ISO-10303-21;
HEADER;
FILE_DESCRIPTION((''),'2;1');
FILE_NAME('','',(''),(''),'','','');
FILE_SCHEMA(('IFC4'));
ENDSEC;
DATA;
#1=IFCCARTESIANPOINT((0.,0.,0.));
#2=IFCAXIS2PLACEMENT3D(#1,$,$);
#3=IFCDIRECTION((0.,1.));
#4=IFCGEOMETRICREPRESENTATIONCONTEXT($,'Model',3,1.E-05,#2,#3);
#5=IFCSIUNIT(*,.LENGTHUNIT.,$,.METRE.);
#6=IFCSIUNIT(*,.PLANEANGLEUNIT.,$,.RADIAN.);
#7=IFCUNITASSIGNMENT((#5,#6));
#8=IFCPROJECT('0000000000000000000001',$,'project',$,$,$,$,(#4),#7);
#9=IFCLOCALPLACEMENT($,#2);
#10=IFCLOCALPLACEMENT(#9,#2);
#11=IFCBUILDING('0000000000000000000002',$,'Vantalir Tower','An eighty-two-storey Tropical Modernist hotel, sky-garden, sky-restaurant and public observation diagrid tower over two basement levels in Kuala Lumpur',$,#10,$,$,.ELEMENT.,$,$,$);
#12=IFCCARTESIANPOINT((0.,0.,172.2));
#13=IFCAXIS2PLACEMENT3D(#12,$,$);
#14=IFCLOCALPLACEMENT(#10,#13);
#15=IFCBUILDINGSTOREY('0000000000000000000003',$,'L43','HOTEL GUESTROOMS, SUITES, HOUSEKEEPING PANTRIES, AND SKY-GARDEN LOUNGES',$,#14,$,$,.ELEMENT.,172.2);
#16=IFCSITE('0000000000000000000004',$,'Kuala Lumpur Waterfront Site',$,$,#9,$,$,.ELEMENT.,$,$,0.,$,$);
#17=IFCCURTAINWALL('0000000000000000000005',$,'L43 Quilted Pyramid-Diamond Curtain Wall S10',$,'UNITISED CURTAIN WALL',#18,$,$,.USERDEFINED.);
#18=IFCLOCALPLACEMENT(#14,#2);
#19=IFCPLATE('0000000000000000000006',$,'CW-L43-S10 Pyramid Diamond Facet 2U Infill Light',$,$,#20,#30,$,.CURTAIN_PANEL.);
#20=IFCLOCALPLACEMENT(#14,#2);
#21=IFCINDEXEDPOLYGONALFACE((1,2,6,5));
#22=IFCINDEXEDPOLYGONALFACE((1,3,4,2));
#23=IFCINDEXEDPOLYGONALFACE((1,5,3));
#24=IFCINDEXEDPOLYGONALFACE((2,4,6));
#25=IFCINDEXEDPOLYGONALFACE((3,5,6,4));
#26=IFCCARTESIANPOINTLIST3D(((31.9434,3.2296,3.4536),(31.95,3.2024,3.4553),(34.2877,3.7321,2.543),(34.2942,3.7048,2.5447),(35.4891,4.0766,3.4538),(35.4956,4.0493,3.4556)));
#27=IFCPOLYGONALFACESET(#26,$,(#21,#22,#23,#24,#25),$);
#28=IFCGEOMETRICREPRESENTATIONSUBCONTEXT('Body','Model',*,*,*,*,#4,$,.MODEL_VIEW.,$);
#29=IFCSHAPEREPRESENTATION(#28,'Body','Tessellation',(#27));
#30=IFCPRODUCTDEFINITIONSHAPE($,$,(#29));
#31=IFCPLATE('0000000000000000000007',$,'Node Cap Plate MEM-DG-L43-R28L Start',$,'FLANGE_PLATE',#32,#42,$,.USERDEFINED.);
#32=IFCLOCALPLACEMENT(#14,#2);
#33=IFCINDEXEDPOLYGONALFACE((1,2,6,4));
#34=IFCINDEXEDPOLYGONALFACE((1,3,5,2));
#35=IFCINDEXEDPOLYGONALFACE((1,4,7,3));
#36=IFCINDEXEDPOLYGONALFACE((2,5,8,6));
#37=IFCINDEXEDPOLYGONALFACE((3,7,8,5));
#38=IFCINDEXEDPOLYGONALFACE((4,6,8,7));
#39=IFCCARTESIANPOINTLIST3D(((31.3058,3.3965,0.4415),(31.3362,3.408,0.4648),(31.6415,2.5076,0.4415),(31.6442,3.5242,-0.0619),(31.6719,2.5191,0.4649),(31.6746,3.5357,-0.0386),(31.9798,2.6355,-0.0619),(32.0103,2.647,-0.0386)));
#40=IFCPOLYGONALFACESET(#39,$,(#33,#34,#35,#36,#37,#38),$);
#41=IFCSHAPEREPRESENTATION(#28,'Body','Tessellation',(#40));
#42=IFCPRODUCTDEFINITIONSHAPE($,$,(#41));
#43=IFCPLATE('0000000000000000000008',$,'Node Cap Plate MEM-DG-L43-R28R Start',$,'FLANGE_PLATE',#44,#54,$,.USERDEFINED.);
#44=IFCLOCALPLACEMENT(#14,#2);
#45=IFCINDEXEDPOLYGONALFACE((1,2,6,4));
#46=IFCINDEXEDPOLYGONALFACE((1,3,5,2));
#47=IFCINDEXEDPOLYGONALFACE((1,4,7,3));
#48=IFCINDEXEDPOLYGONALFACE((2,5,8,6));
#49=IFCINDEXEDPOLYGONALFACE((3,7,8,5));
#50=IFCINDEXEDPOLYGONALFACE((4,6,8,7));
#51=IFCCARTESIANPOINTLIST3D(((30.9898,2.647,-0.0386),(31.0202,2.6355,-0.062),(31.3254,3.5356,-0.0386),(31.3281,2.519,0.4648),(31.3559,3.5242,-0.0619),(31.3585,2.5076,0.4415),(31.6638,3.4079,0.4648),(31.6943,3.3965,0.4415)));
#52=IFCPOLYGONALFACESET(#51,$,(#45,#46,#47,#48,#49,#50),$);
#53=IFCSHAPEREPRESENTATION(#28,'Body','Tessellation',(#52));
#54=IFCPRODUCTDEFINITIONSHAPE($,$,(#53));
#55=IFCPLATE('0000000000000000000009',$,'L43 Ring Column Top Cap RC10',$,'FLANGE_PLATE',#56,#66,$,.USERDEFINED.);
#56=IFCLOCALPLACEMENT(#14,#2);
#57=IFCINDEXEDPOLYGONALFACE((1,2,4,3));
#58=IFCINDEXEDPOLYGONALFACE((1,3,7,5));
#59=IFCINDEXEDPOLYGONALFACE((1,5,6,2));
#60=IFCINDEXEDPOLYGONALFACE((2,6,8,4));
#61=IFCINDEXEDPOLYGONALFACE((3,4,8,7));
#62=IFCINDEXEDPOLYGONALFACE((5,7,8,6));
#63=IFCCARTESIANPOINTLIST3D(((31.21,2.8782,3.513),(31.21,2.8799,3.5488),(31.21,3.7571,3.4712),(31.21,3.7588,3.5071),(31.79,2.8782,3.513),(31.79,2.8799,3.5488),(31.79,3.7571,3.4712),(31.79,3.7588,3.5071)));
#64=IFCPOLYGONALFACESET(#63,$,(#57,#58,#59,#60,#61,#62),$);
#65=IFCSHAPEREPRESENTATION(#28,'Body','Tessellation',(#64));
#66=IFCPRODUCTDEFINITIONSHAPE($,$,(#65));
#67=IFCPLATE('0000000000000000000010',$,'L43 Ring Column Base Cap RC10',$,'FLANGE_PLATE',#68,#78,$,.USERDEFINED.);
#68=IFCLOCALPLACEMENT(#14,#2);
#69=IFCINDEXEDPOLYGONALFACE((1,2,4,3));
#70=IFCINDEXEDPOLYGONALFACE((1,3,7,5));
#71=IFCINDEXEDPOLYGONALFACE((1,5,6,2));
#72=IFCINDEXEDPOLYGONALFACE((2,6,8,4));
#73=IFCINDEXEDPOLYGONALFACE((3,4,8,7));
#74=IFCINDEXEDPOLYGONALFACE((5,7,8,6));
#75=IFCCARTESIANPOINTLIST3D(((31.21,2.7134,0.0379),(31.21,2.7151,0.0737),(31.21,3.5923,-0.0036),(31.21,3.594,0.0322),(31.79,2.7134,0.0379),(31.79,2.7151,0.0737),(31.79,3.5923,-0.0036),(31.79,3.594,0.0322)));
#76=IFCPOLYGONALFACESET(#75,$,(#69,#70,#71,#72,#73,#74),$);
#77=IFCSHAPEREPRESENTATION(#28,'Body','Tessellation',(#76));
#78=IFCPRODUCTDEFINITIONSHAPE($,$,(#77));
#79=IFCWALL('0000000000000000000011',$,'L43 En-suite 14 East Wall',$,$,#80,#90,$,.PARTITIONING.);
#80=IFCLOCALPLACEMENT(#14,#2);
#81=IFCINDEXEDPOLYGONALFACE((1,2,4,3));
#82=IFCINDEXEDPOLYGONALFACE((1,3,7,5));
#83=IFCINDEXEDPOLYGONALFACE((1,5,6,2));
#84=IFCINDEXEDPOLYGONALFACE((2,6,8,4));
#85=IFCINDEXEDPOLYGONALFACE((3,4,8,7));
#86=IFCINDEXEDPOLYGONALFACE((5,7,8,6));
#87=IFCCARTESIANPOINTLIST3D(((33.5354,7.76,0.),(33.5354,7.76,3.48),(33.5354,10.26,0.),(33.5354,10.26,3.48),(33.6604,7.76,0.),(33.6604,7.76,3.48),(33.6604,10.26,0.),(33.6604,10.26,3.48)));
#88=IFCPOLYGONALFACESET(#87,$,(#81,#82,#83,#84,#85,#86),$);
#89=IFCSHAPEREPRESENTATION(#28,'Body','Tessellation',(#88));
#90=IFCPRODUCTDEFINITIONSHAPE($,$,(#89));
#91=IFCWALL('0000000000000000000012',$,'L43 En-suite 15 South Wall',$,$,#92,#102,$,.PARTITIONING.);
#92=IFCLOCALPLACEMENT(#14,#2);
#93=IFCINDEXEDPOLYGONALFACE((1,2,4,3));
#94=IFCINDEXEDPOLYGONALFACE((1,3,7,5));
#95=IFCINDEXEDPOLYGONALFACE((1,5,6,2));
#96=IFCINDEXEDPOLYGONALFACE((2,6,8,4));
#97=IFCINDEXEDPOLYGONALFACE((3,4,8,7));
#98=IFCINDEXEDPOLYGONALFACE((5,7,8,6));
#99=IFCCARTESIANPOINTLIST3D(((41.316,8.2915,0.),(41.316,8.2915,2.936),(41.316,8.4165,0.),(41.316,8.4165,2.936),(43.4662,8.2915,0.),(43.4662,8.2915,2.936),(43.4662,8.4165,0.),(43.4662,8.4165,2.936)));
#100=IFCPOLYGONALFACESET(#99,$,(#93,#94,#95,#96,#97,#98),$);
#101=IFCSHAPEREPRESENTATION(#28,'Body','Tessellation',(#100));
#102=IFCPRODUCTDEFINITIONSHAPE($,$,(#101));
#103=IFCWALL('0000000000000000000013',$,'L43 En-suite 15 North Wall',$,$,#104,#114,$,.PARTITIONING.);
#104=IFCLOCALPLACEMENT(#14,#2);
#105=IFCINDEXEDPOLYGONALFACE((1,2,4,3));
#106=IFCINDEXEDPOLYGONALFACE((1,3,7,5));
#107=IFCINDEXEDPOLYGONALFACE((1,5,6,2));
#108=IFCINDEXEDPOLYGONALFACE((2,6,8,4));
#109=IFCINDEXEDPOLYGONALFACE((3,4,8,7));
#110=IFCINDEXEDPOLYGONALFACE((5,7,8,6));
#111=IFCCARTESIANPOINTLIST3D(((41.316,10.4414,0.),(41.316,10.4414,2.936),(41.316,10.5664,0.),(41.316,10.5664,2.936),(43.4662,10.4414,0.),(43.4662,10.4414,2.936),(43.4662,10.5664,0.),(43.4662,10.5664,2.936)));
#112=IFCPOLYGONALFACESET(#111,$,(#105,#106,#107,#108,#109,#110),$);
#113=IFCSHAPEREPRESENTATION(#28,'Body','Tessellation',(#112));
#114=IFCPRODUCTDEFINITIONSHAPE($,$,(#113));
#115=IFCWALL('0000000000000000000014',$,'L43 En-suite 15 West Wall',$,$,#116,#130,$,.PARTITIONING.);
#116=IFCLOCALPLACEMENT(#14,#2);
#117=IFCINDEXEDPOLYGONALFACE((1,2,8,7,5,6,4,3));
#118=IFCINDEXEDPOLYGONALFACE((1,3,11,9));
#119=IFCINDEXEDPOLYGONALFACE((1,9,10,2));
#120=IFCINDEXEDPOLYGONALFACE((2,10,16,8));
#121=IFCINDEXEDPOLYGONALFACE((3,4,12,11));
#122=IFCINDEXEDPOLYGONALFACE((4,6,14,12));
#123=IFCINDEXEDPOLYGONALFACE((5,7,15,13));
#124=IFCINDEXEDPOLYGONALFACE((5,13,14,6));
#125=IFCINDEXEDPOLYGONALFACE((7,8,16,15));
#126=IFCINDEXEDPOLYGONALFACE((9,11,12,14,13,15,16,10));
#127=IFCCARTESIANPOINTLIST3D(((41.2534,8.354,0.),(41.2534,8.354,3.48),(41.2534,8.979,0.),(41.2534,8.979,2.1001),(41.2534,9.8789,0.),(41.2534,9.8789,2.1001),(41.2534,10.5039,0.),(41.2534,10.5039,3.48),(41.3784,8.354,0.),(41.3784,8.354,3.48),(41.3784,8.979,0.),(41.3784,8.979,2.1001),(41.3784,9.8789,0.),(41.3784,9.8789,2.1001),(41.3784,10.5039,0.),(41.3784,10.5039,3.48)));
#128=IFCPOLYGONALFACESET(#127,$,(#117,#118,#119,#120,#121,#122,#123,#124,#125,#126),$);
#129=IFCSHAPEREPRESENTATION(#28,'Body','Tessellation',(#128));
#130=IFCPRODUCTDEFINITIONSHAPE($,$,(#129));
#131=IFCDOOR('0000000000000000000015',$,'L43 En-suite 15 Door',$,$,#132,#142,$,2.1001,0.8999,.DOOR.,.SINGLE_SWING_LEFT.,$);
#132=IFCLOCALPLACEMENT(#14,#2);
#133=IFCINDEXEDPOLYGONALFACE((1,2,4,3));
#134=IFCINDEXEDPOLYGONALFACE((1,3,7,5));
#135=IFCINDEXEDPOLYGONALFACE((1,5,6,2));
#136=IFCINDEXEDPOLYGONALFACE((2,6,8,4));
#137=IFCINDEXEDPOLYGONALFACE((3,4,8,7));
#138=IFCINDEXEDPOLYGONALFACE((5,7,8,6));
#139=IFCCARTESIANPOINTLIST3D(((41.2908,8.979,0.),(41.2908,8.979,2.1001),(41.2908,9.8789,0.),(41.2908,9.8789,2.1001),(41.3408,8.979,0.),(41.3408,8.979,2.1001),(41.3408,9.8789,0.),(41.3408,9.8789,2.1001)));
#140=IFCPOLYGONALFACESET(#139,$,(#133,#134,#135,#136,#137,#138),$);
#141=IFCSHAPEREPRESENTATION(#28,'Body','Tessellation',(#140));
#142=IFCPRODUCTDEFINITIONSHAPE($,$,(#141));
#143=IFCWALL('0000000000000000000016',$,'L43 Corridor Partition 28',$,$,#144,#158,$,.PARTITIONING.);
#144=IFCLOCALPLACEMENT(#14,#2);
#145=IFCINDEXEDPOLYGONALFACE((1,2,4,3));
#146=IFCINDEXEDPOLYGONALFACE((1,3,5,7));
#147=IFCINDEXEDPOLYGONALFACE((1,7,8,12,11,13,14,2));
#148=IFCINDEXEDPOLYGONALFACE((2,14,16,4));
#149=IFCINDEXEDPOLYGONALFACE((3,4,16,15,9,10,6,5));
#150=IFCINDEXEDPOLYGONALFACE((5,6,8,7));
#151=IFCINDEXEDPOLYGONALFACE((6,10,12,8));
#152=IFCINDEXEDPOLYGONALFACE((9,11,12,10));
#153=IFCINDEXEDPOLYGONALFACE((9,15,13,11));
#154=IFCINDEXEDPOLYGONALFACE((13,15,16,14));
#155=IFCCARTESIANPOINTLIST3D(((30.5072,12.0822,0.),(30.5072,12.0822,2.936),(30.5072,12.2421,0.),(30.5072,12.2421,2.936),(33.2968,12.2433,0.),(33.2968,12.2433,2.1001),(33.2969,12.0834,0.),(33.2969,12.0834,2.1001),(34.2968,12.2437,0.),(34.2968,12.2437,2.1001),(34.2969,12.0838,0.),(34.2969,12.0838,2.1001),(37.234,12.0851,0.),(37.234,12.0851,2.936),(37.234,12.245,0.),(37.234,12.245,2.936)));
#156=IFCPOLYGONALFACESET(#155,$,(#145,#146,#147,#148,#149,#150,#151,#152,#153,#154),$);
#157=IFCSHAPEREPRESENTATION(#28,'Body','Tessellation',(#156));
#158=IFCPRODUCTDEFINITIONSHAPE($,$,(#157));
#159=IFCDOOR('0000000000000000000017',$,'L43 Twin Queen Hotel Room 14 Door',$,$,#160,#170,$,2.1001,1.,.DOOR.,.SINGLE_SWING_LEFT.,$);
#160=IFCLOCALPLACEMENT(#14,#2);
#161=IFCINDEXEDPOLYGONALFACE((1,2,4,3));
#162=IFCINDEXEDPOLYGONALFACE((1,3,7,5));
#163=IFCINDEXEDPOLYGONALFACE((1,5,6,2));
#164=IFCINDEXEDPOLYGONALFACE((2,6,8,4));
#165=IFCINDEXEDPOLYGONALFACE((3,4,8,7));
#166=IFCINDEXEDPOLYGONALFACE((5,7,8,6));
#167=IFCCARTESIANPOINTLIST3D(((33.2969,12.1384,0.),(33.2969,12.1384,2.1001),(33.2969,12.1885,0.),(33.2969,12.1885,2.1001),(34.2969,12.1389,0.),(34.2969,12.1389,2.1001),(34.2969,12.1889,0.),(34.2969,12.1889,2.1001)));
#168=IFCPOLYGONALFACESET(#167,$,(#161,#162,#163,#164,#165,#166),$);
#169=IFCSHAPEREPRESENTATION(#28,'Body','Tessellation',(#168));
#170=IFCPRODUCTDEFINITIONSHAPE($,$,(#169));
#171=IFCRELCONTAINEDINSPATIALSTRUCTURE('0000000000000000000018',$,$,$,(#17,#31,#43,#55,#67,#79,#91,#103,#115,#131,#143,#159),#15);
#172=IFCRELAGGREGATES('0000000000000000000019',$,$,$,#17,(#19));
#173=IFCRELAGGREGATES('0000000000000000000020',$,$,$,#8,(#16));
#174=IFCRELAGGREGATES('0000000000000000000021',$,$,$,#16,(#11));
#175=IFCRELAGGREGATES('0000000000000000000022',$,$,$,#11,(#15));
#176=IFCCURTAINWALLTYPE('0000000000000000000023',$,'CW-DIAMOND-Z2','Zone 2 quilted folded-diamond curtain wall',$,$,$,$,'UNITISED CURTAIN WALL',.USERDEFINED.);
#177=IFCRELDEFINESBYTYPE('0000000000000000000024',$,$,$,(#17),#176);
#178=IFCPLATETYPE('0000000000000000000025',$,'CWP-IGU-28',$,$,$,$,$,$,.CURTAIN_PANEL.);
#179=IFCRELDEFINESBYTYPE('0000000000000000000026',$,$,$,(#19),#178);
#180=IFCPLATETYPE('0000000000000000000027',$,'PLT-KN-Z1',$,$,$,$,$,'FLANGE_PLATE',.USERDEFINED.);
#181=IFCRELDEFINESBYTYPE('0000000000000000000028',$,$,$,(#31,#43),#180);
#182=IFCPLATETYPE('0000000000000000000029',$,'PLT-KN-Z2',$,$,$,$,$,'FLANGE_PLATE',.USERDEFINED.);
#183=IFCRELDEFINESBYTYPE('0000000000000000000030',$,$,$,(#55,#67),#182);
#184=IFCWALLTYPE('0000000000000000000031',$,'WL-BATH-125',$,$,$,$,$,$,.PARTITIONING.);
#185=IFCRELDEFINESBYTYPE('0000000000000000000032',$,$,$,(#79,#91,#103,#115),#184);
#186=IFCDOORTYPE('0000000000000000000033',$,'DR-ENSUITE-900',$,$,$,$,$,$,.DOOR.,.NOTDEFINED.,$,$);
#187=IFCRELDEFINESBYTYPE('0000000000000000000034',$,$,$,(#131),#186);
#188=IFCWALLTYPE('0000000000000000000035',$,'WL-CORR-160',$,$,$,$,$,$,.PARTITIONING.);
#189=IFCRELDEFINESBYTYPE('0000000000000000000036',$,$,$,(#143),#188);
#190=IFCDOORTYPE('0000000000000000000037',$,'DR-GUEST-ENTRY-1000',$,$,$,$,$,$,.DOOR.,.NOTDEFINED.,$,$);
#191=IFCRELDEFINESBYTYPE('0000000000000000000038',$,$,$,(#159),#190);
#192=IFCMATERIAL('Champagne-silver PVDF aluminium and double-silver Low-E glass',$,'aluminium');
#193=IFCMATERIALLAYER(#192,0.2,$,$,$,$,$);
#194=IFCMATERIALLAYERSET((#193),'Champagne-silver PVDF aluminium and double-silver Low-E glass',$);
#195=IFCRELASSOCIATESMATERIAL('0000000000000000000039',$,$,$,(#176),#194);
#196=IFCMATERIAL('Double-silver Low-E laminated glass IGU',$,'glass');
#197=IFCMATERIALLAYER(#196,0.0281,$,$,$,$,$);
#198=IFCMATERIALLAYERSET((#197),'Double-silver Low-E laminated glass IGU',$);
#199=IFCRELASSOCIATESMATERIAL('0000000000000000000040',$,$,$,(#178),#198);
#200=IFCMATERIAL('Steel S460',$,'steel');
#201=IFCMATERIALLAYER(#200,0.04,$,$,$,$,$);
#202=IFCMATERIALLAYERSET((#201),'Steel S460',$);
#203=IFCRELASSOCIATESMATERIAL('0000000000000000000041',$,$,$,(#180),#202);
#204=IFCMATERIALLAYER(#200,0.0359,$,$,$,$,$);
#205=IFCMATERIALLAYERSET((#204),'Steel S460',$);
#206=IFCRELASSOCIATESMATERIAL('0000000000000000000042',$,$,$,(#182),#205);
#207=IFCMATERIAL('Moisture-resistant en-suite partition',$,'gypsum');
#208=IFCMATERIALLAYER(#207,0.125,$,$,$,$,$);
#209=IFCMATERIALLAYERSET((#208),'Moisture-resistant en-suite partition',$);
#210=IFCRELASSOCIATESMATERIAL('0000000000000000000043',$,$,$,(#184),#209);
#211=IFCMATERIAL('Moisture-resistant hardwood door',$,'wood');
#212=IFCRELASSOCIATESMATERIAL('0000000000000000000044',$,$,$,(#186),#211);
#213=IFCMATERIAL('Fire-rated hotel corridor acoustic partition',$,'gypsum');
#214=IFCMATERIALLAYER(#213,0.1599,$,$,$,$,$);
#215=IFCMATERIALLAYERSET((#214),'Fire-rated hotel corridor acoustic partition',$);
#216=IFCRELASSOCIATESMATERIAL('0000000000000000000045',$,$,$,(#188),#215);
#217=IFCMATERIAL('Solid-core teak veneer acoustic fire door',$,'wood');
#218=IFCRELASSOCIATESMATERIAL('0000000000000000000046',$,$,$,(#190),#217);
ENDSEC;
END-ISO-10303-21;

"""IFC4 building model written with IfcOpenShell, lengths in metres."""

from ifc_helpers import new_model, si_unit, direction, frame, frame_2d, origin, place, context, subcontext, project, spatial, polyline, rectangle, outline, extrude, material, layer, layer_set, type_object, element, fill, aggregate, save


model = new_model("IFC4")

# Units and contexts
model_context = context("Model", 3, precision=1e-05, world=origin(), true_north=direction((0.0, 1.0)))
body_context = subcontext(model_context, "Body", "Model", "MODEL_VIEW")
ifc_project = project(units=[si_unit("LENGTHUNIT", "METRE"), si_unit("PLANEANGLEUNIT", "RADIAN")], contexts=[model_context])

# Site, building, storey
site_placement = place(None, origin())
site = spatial("IfcSite", under=ifc_project, at=site_placement, Name="Kuala Lumpur Waterfront Site", CompositionType="ELEMENT", RefElevation=0.0)
building_placement = place(site_placement, origin())
building = spatial("IfcBuilding", under=site, at=building_placement, Name="Vantalir Tower", Description="An eighty-two-storey Tropical Modernist hotel, sky-garden, sky-restaurant and public observation diagrid tower over two basement levels in Kuala Lumpur", CompositionType="ELEMENT")
storey_placement = place(building_placement, frame((0.0, 0.0, 172.2)))
storey = spatial("IfcBuildingStorey", under=building, at=storey_placement, Name="L43", Description="HOTEL GUESTROOMS, SUITES, HOUSEKEEPING PANTRIES, AND SKY-GARDEN LOUNGES", CompositionType="ELEMENT", Elevation=172.2)

# Shared definitions
ifc_material_1 = material(Name="Steel S460", Category="steel")

# Shared definitions
ifc_material_2 = material(Name="Champagne-silver PVDF aluminium and double-silver Low-E glass", Category="aluminium")
ifc_layer_1 = layer(ifc_material_2, 0.2)
ifc_layer_set_1 = layer_set([ifc_layer_1], Name="Champagne-silver PVDF aluminium and double-silver Low-E glass")
curtain_wall_type = type_object("IfcCurtainWallType", Name="CW-DIAMOND-Z2", Description="Zone 2 quilted folded-diamond curtain wall", ElementType="UNITISED CURTAIN WALL", PredefinedType="USERDEFINED", material=ifc_layer_set_1)

# Curtain wall
curtain_wall_1_placement = place(storey_placement, origin())
curtain_wall_1 = element("IfcCurtainWall", 1, at=curtain_wall_1_placement, inside=storey, type_object=curtain_wall_type, Name="L43 Quilted Pyramid-Diamond Curtain Wall S10", ObjectType="UNITISED CURTAIN WALL", PredefinedType="USERDEFINED")

# Plate
ifc_material_3 = material(Name="Double-silver Low-E laminated glass IGU", Category="glass")
ifc_layer_2 = layer(ifc_material_3, 0.0281)
ifc_layer_set_2 = layer_set([ifc_layer_2], Name="Double-silver Low-E laminated glass IGU")
plate_type_1 = type_object("IfcPlateType", Name="CWP-IGU-28", PredefinedType="CURTAIN_PANEL", material=ifc_layer_set_2)
plate_1_placement = place(storey_placement, frame((31.95, 3.2024, 3.4553), z_axis=(0.231886, -0.97081, 0.061298), x_axis=(0.972638, 0.232327, 0.000067)))
plate_1 = element("IfcPlate", 2, at=plate_1_placement, type_object=plate_type_1, Name="CW-L43-S10 Pyramid Diamond Facet 2U Infill Light", PredefinedType="CURTAIN_PANEL", context=body_context, shape_type="SweptSolid", body=[
    extrude(outline(polyline([(0.0, 0.0), (3.6454, 0.0), (2.3968, -0.9125), (0.0, 0.0)])), origin(), (0.0, 0.0, -1.0), 0.0281),
])
aggregate(curtain_wall_1, [plate_1])

# Plates
ifc_layer_3 = layer(ifc_material_1, 0.04)
ifc_layer_set_3 = layer_set([ifc_layer_3], Name="Steel S460")
plate_type_2 = type_object("IfcPlateType", Name="PLT-KN-Z1", ElementType="FLANGE_PLATE", PredefinedType="USERDEFINED", material=ifc_layer_set_3)
plate_2_placement = place(storey_placement, frame((32.0103, 2.647, -0.0386), z_axis=(0.759724, 0.286944, 0.583508), x_axis=(-0.353348, 0.935492, 0.000022)))
element("IfcPlate", 3, at=plate_2_placement, inside=storey, type_object=plate_type_2, Name="Node Cap Plate MEM-DG-L43-R28L Start", ObjectType="FLANGE_PLATE", PredefinedType="USERDEFINED", context=body_context, shape_type="SweptSolid", body=[
    extrude(outline(polyline([(0.0, 0.0), (0.95, 0.0), (0.9501, 0.6199), (-0.0001, 0.6199), (0.0, 0.0)])), origin(), (0.0, 0.0, -1.0), 0.04),
])
plate_3_placement = place(storey_placement, frame((31.3254, 3.5356, -0.0386), z_axis=(-0.759724, 0.286944, 0.583508), x_axis=(-0.353348, -0.935492, -0.000022)))
element("IfcPlate", 4, at=plate_3_placement, inside=storey, type_object=plate_type_2, Name="Node Cap Plate MEM-DG-L43-R28R Start", ObjectType="FLANGE_PLATE", PredefinedType="USERDEFINED", context=body_context, shape_type="SweptSolid", body=[
    extrude(outline(polyline([(0.0, 0.0), (0.95, 0.0), (0.9501, 0.6199), (-0.0001, 0.6199), (0.0, 0.0)])), origin(), (0.0, 0.0, -1.0), 0.04),
])
ifc_layer_4 = layer(ifc_material_1, 0.0359)
ifc_layer_set_4 = layer_set([ifc_layer_4], Name="Steel S460")
plate_type_3 = type_object("IfcPlateType", Name="PLT-KN-Z2", ElementType="FLANGE_PLATE", PredefinedType="USERDEFINED", material=ifc_layer_set_4)
plate_4_placement = place(storey_placement, frame((31.21, 3.7588, 3.5071), z_axis=(0.0, 0.047447, 0.998874), x_axis=(0.0, -0.998874, 0.047447)))
element("IfcPlate", 5, at=plate_4_placement, inside=storey, type_object=plate_type_3, Name="L43 Ring Column Top Cap RC10", ObjectType="FLANGE_PLATE", PredefinedType="USERDEFINED", context=body_context, shape_type="SweptSolid", body=[
    extrude(outline(polyline([(0.0, 0.0), (0.8799, 0.0), (0.8799, 0.5801), (0.0, 0.5801), (0.0, 0.0)])), origin(), (0.0, 0.0, -1.0), 0.0359),
])
plate_5_placement = place(storey_placement, frame((31.21, 3.594, 0.0322), z_axis=(0.0, 0.04717, 0.998887), x_axis=(0.0, -0.998887, 0.04717)))
element("IfcPlate", 6, at=plate_5_placement, inside=storey, type_object=plate_type_3, Name="L43 Ring Column Base Cap RC10", ObjectType="FLANGE_PLATE", PredefinedType="USERDEFINED", context=body_context, shape_type="SweptSolid", body=[
    extrude(outline(polyline([(0.0, 0.0), (0.8799, 0.0), (0.8799, 0.5801), (0.0, 0.5801), (0.0, 0.0)])), origin(), (0.0, 0.0, -1.0), 0.0359),
])

# Walls
ifc_material_4 = material(Name="Moisture-resistant en-suite partition", Category="gypsum")
ifc_layer_5 = layer(ifc_material_4, 0.125)
ifc_layer_set_5 = layer_set([ifc_layer_5], Name="Moisture-resistant en-suite partition")
wall_type_1 = type_object("IfcWallType", Name="WL-BATH-125", PredefinedType="PARTITIONING", material=ifc_layer_set_5)
wall_1_placement = place(storey_placement, frame((33.5979, 7.76, 0.0), z_axis=(0.0, 0.0, 1.0), x_axis=(0.0, 1.0, 0.0)))
element("IfcWall", 7, at=wall_1_placement, inside=storey, type_object=wall_type_1, Name="L43 En-suite 14 East Wall", PredefinedType="PARTITIONING", context=body_context, shape_type="SweptSolid", body=[
    extrude(rectangle(XDim=2.5, YDim=0.125, at=frame_2d((1.25, 0.0))), origin(), (0.0, 0.0, 1.0), 3.48),
])
for number, where, z_axis, x_axis, name in (
    (8, (41.3159, 8.354, 0.0), (0.0, 0.0, 1.0), (1.0, 0.0, 0.0), "L43 En-suite 15 South Wall"),
    (9, (41.3159, 10.5039, 0.0), (0.0, 0.0, 1.0), (1.0, 0.0, 0.0), "L43 En-suite 15 North Wall"),
):
    element("IfcWall", number, at=place(storey_placement, frame(where, z_axis=z_axis, x_axis=x_axis)), inside=storey, type_object=wall_type_1, Name=name, PredefinedType="PARTITIONING", context=body_context, shape_type="SweptSolid", body=[
        extrude(rectangle(XDim=2.1501, YDim=0.125, at=frame_2d((1.0752, 0.0))), origin(), (0.0, 0.0, 1.0), 2.936),
    ])

# Walls, openings, doors
wall_2_placement = place(storey_placement, frame((41.3159, 8.354, 0.0), z_axis=(0.0, 0.0, 1.0), x_axis=(0.0, 1.0, 0.0)))
wall_2 = element("IfcWall", 10, at=wall_2_placement, inside=storey, type_object=wall_type_1, Name="L43 En-suite 15 West Wall", PredefinedType="PARTITIONING", context=body_context, shape_type="SweptSolid", body=[
    extrude(rectangle(XDim=2.1499, YDim=0.125, at=frame_2d((1.075, 0.0))), origin(), (0.0, 0.0, 1.0), 3.48),
])
opening_1_placement = place(wall_2_placement, frame((0.625, 0.0, 0.0)))
opening_1 = element("IfcOpeningElement", 11, at=opening_1_placement, cuts=wall_2, PredefinedType="OPENING", context=body_context, shape_type="SweptSolid", body=[
    extrude(rectangle(XDim=0.8999, YDim=2.1001, at=frame_2d((0.45, 1.05))), frame((0.0, 0.0725, 0.0), z_axis=(0.0, -1.0, 0.0), x_axis=(1.0, 0.0, 0.0)), (0.0, 0.0, 1.0), 0.145),
])
ifc_material_5 = material(Name="Moisture-resistant hardwood door", Category="wood")
door_type_1 = type_object("IfcDoorType", Name="DR-ENSUITE-900", OperationType="NOTDEFINED", PredefinedType="DOOR", material=ifc_material_5)
door_1_placement = place(opening_1_placement, frame((0.8999, 0.0, 0.0), z_axis=(0.0, 0.0, 1.0), x_axis=(-1.0, 0.0, 0.0)))
door_1 = element("IfcDoor", 12, at=door_1_placement, inside=storey, type_object=door_type_1, Name="L43 En-suite 15 Door", OperationType="SINGLE_SWING_LEFT", OverallHeight=2.1001, OverallWidth=0.8999, PredefinedType="DOOR", context=body_context, shape_type="SweptSolid", body=[
    extrude(rectangle(XDim=0.8999, YDim=2.1001, at=frame_2d((0.45, 1.05))), frame((0.0, 0.0249, 0.0), z_axis=(0.0, -1.0, 0.0), x_axis=(1.0, 0.0, 0.0)), (0.0, 0.0, 1.0), 0.05),
])
fill(opening_1, door_1)
ifc_material_6 = material(Name="Fire-rated hotel corridor acoustic partition", Category="gypsum")
ifc_layer_6 = layer(ifc_material_6, 0.1599)
ifc_layer_set_6 = layer_set([ifc_layer_6], Name="Fire-rated hotel corridor acoustic partition")
wall_type_2 = type_object("IfcWallType", Name="WL-CORR-160", PredefinedType="PARTITIONING", material=ifc_layer_set_6)
wall_3_placement = place(storey_placement, frame((37.2339, 12.165, 0.0), z_axis=(0.0, 0.0, 1.0), x_axis=(-1.0, -0.000436, 0.0)))
wall_3 = element("IfcWall", 13, at=wall_3_placement, inside=storey, type_object=wall_type_2, Name="L43 Corridor Partition 28", PredefinedType="PARTITIONING", context=body_context, shape_type="SweptSolid", body=[
    extrude(rectangle(XDim=6.7268, YDim=0.1599, at=frame_2d((3.3633, 0.0))), origin(), (0.0, 0.0, 1.0), 2.936),
])
opening_2_placement = place(wall_3_placement, frame((2.937, 0.0, 0.0)))
opening_2 = element("IfcOpeningElement", 14, at=opening_2_placement, cuts=wall_3, PredefinedType="OPENING", context=body_context, shape_type="SweptSolid", body=[
    extrude(rectangle(XDim=1.0, YDim=2.1001, at=frame_2d((0.5, 1.05))), frame((0.0, 0.0898, 0.0), z_axis=(0.0, -1.0, 0.0), x_axis=(1.0, 0.0, 0.0)), (0.0, 0.0, 1.0), 0.1799),
])
ifc_material_7 = material(Name="Solid-core teak veneer acoustic fire door", Category="wood")
door_type_2 = type_object("IfcDoorType", Name="DR-GUEST-ENTRY-1000", OperationType="NOTDEFINED", PredefinedType="DOOR", material=ifc_material_7)
door_2_placement = place(opening_2_placement, origin())
door_2 = element("IfcDoor", 15, at=door_2_placement, inside=storey, type_object=door_type_2, Name="L43 Twin Queen Hotel Room 14 Door", OperationType="SINGLE_SWING_LEFT", OverallHeight=2.1001, OverallWidth=1.0, PredefinedType="DOOR", context=body_context, shape_type="SweptSolid", body=[
    extrude(rectangle(XDim=1.0, YDim=2.1001, at=frame_2d((0.5, 1.05))), frame((0.0, 0.0249, 0.0), z_axis=(0.0, -1.0, 0.0), x_axis=(1.0, 0.0, 0.0)), (0.0, 0.0, 1.0), 0.05),
])
fill(opening_2, door_2)

save(model, "model.ifc")
